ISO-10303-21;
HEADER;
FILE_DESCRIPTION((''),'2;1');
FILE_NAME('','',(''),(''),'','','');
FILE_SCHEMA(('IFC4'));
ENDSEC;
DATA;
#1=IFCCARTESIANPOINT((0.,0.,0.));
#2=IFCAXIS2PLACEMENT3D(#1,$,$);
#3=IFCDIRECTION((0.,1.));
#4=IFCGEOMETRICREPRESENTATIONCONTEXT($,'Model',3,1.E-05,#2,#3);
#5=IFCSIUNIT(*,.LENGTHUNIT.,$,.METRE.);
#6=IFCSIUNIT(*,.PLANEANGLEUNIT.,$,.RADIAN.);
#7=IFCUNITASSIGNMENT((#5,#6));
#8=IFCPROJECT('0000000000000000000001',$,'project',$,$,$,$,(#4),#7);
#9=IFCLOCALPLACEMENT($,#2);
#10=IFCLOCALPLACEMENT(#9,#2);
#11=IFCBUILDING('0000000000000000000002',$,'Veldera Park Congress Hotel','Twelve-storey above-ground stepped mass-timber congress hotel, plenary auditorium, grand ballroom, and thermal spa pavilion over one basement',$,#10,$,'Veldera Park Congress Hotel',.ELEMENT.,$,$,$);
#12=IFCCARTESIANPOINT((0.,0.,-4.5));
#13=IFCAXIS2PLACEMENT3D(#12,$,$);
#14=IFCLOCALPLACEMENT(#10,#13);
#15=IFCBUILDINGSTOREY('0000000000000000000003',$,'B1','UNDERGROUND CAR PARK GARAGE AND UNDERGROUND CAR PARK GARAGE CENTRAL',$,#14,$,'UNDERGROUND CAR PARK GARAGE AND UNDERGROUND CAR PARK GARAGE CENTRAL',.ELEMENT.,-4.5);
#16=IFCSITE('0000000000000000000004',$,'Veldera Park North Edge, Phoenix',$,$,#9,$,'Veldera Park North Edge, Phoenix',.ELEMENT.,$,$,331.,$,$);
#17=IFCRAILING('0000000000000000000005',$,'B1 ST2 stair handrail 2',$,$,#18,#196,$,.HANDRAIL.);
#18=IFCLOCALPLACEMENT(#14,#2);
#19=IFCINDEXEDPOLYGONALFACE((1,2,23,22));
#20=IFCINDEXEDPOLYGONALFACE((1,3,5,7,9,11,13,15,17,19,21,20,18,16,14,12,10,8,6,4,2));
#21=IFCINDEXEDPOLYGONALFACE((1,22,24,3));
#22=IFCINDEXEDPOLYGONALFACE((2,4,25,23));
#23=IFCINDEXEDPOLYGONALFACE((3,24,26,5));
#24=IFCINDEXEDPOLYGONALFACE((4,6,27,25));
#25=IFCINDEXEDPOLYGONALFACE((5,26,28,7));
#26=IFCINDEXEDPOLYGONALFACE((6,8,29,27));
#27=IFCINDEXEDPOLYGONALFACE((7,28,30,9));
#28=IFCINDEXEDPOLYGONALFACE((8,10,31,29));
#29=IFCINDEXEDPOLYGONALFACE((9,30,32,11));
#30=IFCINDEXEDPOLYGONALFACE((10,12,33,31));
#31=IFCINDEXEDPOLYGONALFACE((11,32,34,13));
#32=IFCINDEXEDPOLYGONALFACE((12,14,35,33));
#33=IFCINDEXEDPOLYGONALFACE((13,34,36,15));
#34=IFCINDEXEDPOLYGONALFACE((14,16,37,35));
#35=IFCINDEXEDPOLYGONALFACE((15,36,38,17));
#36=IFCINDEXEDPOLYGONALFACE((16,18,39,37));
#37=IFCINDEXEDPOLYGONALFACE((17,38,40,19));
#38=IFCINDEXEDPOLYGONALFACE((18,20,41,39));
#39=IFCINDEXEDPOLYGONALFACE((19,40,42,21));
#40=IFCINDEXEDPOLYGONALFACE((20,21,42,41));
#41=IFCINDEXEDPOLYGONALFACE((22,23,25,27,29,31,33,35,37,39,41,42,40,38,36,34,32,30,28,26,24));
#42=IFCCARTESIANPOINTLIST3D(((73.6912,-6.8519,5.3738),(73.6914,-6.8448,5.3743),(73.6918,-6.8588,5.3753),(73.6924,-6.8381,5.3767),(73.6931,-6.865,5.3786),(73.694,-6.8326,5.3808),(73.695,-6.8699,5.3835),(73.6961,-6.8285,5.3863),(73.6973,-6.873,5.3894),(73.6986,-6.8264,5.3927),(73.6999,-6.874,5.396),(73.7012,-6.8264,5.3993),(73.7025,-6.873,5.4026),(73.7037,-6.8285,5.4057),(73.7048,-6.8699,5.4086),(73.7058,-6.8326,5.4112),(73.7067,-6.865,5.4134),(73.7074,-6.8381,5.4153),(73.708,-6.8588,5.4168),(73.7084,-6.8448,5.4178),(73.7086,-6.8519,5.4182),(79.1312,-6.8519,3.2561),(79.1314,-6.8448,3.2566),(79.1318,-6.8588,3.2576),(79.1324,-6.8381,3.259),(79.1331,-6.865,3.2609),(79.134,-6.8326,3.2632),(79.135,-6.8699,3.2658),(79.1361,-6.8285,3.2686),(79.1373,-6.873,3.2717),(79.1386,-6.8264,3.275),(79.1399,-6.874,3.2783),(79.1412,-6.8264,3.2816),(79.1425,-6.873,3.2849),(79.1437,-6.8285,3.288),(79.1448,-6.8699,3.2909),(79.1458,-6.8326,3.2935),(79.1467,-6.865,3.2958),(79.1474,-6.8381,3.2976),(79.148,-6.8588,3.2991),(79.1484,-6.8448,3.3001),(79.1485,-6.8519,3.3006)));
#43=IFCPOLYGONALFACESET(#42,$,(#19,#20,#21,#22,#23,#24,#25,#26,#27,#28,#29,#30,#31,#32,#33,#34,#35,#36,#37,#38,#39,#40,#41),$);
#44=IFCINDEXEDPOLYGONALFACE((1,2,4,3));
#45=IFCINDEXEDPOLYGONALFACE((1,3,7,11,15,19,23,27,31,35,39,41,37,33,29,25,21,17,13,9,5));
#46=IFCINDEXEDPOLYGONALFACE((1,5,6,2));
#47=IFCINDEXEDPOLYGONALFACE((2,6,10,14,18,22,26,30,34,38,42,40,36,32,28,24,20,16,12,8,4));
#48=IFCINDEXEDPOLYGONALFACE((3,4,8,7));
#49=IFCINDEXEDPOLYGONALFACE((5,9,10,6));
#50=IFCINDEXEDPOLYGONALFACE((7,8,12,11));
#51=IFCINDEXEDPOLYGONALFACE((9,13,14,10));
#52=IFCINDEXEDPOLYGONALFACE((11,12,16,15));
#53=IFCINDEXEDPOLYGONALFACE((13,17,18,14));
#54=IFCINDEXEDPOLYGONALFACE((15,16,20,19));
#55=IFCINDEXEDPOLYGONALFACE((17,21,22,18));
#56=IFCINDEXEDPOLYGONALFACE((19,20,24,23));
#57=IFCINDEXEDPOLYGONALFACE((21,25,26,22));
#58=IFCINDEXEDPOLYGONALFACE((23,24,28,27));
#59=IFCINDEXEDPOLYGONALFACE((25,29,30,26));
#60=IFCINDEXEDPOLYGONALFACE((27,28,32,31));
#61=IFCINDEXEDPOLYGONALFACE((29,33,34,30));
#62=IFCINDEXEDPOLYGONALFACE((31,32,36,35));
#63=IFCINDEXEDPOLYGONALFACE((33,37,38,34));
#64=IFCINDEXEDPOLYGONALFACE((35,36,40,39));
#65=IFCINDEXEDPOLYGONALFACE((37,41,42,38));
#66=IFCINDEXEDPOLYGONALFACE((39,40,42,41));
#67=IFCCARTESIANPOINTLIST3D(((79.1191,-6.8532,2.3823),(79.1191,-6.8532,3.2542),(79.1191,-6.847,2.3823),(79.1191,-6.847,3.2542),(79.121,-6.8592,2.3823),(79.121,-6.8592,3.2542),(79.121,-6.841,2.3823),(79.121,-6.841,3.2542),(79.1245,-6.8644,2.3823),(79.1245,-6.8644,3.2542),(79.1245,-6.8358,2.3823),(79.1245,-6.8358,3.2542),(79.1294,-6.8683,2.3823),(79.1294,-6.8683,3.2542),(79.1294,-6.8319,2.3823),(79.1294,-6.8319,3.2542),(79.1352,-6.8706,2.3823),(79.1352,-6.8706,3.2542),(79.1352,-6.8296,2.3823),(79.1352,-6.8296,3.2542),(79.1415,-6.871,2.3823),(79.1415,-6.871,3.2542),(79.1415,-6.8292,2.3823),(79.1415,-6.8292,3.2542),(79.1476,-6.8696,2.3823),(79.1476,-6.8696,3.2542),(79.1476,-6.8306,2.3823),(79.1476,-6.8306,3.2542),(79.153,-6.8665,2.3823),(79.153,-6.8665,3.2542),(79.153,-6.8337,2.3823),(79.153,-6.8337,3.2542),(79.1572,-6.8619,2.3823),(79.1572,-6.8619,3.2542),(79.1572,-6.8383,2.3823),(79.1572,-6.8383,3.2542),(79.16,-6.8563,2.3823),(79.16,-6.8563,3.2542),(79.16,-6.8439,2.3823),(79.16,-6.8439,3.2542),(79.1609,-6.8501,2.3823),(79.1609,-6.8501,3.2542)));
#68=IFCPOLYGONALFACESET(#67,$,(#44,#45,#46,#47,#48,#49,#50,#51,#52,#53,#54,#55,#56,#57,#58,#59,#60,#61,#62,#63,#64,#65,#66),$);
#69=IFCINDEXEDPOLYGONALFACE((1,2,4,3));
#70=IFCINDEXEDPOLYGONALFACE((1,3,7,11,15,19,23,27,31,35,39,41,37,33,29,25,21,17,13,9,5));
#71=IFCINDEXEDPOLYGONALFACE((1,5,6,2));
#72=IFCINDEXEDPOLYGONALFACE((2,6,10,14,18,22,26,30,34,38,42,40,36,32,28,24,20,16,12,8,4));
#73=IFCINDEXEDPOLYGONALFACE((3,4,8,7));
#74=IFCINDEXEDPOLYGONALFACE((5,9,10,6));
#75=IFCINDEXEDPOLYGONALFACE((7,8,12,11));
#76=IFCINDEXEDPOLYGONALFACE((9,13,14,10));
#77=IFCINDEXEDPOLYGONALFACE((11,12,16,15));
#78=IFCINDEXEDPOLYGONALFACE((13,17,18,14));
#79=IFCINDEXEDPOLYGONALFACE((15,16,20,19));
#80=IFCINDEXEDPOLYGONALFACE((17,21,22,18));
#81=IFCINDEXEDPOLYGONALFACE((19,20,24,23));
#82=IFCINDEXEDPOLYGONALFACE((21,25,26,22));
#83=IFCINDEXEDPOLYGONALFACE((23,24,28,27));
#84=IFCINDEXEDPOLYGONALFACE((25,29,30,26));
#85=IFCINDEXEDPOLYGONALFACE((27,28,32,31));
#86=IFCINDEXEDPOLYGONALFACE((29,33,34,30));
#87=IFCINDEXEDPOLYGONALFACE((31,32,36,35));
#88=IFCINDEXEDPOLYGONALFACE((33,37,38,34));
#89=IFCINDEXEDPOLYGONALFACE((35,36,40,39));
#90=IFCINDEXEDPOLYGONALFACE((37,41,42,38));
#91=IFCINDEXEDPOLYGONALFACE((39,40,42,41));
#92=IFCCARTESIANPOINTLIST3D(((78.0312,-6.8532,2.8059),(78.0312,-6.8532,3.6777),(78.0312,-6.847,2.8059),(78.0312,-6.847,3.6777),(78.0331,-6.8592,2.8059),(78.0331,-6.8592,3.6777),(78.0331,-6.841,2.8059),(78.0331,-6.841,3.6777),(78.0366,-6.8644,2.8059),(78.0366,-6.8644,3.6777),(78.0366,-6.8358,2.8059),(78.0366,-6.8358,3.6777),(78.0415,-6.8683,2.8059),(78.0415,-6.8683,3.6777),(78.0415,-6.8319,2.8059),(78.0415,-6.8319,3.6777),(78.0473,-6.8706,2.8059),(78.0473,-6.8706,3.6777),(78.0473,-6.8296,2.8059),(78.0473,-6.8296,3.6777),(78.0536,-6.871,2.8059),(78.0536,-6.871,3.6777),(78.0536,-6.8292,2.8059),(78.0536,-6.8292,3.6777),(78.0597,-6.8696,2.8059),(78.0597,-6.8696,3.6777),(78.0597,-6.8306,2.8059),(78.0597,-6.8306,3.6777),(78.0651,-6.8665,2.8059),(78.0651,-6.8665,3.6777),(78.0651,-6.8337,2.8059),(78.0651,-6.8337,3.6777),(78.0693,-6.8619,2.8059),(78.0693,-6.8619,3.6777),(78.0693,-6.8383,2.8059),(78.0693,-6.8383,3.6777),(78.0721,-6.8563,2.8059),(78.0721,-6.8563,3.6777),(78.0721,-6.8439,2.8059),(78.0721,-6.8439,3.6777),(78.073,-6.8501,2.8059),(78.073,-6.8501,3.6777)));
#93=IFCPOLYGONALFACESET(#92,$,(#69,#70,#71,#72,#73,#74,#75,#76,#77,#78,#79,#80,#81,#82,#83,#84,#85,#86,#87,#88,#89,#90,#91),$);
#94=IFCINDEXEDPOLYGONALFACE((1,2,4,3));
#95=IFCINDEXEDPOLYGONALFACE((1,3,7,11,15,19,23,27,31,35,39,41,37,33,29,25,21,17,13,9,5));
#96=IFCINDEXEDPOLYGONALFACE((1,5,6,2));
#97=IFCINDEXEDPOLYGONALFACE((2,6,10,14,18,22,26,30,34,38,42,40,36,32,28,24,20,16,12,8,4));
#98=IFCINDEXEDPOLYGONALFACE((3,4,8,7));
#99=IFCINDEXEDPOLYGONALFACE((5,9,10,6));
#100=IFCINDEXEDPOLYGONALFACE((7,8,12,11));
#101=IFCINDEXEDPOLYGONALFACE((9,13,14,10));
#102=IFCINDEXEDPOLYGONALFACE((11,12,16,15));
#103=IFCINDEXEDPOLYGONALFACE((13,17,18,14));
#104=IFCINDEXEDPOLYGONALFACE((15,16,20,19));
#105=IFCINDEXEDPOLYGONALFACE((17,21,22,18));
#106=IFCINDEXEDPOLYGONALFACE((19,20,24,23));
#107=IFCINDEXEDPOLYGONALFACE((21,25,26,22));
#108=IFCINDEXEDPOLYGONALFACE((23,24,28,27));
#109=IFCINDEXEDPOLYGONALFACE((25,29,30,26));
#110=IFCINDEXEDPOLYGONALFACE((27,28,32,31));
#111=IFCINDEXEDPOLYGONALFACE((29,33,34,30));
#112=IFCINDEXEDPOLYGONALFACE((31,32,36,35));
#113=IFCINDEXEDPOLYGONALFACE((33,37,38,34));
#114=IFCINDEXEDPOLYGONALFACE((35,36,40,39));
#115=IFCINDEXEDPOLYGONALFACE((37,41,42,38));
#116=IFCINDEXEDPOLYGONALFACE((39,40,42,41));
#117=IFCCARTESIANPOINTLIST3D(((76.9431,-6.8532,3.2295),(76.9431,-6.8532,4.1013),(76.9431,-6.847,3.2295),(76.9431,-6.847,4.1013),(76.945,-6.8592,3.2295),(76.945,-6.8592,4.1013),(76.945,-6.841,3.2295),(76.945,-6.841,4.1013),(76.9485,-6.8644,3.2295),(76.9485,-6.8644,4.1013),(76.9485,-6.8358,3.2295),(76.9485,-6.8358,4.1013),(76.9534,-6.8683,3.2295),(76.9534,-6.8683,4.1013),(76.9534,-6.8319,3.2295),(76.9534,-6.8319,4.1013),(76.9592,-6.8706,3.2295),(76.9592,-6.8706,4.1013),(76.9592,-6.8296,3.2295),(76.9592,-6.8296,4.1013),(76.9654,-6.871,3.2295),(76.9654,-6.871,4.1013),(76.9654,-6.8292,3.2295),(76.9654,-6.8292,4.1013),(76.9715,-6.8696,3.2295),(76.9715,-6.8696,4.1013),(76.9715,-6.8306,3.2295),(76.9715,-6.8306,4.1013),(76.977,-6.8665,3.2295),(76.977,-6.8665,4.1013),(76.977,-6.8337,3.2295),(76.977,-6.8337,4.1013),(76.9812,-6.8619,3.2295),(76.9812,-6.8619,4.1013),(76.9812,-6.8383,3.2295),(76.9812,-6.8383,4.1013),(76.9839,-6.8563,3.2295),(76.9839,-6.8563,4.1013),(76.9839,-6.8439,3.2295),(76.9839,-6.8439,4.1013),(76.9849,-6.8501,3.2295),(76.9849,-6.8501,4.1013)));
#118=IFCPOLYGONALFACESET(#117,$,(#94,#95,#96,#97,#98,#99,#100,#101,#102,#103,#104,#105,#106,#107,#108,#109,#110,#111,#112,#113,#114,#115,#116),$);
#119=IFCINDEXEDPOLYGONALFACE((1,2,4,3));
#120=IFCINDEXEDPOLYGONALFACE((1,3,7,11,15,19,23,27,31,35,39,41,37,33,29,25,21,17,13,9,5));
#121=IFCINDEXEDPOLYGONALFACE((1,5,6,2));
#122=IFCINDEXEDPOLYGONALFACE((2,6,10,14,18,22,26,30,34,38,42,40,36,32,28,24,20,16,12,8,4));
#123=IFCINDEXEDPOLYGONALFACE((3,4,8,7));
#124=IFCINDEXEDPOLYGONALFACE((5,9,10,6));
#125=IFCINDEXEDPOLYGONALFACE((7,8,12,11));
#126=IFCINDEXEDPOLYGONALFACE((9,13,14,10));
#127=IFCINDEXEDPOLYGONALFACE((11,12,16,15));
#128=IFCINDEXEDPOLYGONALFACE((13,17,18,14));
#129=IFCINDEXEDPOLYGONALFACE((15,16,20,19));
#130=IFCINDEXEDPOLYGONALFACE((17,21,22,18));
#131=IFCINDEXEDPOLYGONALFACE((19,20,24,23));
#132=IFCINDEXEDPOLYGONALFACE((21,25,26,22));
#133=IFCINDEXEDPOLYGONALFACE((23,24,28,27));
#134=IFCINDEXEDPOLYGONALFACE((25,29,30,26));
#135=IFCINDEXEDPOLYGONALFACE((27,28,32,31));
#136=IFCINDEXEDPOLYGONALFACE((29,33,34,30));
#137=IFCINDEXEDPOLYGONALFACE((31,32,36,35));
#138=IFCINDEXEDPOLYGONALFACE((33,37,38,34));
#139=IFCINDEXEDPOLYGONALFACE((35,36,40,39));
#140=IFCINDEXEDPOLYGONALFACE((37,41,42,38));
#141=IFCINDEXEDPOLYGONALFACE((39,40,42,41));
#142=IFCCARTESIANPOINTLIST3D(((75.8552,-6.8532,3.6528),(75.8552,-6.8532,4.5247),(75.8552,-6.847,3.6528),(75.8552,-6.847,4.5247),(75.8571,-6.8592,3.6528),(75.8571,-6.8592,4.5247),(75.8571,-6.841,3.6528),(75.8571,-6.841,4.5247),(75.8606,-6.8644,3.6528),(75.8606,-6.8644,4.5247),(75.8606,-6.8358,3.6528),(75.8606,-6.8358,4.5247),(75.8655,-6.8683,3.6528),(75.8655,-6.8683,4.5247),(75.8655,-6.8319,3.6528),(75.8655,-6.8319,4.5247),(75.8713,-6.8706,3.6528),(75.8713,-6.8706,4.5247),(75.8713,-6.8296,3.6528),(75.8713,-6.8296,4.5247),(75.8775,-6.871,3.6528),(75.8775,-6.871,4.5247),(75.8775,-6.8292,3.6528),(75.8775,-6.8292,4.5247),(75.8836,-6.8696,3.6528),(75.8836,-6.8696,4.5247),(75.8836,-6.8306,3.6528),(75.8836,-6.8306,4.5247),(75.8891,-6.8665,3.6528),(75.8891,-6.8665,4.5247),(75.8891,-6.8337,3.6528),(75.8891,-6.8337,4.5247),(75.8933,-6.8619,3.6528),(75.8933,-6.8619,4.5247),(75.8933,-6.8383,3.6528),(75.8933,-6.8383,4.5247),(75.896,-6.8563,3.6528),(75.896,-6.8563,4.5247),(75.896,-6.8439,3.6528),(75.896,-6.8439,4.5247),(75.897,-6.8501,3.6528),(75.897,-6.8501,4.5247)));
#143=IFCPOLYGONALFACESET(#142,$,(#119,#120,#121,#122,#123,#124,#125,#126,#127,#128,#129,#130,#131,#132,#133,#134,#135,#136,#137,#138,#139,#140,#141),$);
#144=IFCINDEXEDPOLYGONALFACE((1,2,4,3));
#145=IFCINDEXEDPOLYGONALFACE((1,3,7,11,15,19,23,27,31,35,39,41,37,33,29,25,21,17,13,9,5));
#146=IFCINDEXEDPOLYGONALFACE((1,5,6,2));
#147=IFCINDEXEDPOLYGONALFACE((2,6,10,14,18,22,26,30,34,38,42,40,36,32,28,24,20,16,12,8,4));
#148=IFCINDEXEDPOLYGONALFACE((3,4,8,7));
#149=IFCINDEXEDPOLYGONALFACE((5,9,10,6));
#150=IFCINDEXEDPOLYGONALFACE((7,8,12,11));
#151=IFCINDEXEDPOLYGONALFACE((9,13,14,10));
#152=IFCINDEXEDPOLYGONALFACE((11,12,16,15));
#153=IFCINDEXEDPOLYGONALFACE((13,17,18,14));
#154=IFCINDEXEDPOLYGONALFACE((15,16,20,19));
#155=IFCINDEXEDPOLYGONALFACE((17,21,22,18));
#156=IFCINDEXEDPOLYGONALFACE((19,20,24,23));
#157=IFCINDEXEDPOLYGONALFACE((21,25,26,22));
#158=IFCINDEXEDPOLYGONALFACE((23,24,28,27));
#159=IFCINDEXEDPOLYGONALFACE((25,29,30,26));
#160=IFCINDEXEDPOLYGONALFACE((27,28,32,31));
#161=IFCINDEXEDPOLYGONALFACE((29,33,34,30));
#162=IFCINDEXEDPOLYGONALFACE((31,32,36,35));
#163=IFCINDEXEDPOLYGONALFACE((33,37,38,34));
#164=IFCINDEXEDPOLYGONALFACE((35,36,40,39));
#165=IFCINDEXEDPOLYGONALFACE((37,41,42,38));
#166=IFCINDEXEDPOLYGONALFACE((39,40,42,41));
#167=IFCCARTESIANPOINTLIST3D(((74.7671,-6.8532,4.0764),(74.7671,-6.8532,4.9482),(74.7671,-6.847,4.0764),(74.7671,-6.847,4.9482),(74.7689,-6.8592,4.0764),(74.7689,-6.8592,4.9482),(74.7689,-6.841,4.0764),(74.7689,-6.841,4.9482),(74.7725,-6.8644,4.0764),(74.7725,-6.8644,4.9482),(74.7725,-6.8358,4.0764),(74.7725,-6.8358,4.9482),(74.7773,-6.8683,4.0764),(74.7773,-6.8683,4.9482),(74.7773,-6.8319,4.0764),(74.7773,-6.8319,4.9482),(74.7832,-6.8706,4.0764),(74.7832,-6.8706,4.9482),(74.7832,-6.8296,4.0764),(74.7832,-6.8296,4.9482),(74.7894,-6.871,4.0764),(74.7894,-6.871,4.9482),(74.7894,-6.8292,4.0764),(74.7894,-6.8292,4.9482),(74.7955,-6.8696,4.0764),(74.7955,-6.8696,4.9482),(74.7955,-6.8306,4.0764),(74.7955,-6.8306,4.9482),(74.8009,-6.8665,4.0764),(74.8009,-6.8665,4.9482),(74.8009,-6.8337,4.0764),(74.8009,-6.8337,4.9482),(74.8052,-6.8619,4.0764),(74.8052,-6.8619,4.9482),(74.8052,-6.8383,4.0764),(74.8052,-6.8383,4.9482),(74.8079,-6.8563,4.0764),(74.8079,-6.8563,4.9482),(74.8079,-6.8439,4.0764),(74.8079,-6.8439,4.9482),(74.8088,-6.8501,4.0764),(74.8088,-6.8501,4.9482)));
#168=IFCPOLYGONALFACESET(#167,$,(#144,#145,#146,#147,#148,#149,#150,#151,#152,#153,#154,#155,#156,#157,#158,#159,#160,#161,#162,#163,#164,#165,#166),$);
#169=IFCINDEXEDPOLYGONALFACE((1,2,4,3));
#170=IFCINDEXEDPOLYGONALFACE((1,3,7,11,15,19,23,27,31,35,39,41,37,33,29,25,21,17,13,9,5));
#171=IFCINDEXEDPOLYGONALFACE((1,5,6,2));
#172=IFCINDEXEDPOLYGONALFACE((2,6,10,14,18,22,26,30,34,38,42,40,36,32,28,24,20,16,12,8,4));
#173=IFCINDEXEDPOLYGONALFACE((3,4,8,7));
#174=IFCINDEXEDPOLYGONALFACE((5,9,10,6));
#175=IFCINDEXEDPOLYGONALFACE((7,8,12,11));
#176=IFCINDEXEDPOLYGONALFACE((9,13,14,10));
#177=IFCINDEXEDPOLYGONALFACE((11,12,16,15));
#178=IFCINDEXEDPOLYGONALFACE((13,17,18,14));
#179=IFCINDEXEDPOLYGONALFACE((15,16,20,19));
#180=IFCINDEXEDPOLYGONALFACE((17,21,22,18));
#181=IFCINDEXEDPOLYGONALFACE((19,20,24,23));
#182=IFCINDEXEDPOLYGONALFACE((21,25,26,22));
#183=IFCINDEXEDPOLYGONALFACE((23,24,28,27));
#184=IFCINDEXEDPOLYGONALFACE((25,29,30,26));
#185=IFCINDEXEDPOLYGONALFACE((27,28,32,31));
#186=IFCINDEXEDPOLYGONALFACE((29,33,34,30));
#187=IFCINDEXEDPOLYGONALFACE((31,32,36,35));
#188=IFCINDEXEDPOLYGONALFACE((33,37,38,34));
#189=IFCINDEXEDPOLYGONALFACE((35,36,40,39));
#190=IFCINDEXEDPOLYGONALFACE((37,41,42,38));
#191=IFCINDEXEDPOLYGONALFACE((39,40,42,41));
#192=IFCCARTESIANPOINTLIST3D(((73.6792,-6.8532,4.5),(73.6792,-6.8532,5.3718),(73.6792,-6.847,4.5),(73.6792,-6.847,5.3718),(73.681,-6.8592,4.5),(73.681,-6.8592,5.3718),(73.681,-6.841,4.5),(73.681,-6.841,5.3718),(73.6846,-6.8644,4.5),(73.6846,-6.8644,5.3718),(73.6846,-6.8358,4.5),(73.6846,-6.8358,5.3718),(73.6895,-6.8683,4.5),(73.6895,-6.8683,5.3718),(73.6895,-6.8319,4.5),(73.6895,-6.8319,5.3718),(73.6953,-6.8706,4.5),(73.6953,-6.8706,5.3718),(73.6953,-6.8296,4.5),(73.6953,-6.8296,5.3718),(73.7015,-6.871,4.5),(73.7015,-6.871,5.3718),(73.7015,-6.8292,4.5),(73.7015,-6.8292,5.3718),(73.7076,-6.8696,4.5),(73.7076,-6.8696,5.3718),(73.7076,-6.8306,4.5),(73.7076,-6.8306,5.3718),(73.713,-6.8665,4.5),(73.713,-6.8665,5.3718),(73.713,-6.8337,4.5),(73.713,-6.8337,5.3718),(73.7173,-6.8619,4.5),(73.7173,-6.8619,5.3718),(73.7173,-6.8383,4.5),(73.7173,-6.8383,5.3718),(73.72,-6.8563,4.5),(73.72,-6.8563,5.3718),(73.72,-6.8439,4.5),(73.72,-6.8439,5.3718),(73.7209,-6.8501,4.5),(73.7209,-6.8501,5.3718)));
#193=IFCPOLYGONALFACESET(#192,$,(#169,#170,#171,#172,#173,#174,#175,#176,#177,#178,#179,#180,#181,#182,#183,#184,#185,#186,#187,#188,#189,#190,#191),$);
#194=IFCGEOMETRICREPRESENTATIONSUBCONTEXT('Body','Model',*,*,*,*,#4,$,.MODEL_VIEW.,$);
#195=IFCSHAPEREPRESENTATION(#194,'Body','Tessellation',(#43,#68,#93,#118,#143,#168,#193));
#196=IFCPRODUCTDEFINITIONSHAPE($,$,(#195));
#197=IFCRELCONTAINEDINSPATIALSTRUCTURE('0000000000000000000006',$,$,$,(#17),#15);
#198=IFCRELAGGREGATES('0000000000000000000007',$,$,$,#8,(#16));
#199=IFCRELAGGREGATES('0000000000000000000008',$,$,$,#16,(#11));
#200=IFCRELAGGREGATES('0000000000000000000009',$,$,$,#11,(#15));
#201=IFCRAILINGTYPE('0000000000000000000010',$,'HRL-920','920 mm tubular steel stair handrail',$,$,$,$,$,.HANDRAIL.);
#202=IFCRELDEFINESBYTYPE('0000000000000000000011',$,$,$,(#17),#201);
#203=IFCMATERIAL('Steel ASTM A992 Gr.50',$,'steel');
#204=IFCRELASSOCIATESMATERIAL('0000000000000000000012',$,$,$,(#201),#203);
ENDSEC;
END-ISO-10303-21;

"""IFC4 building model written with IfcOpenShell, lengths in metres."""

from ifc_helpers import new_model, si_unit, direction, frame, origin, origin_2d, place, context, subcontext, project, spatial, circle, extrude, material, type_object, element, save


model = new_model("IFC4")

# Units and contexts
model_context = context("Model", 3, precision=1e-05, world=origin(), true_north=direction((0.0, 1.0)))
body_context = subcontext(model_context, "Body", "Model", "MODEL_VIEW")
ifc_project = project(units=[si_unit("LENGTHUNIT", "METRE"), si_unit("PLANEANGLEUNIT", "RADIAN")], contexts=[model_context])

# Site, building, storey
site_placement = place(None, origin())
site = spatial("IfcSite", under=ifc_project, at=site_placement, Name="Veldera Park North Edge, Phoenix", LongName="Veldera Park North Edge, Phoenix", CompositionType="ELEMENT", RefElevation=331.0)
building_placement = place(site_placement, origin())
building = spatial("IfcBuilding", under=site, at=building_placement, Name="Veldera Park Congress Hotel", Description="Twelve-storey above-ground stepped mass-timber congress hotel, plenary auditorium, grand ballroom, and thermal spa pavilion over one basement", LongName="Veldera Park Congress Hotel", CompositionType="ELEMENT")
storey_placement = place(building_placement, frame((0.0, 0.0, -4.5)))
storey = spatial("IfcBuildingStorey", under=building, at=storey_placement, Name="B1", Description="UNDERGROUND CAR PARK GARAGE AND UNDERGROUND CAR PARK GARAGE CENTRAL", LongName="UNDERGROUND CAR PARK GARAGE AND UNDERGROUND CAR PARK GARAGE CENTRAL", CompositionType="ELEMENT", Elevation=-4.5)

# Railing
ifc_material_1 = material(Name="Steel ASTM A992 Gr.50", Category="steel")
railing_type_1 = type_object("IfcRailingType", Name="HRL-920", Description="920 mm tubular steel stair handrail", PredefinedType="HANDRAIL", material=ifc_material_1)
railing_1_placement = place(storey_placement, frame((79.1399, -6.8501, 2.3823)))
element("IfcRailing", 1, at=railing_1_placement, inside=storey, type_object=railing_type_1, Name="B1 ST2 stair handrail 2", PredefinedType="HANDRAIL", context=body_context, shape_type="SweptSolid", body=[
    extrude(circle(Radius=0.0239, at=origin_2d()), frame((0.0, 0.0, 0.896), z_axis=(-0.931881, 0.0, 0.362765), x_axis=(0.0, -1.0, 0.0)), (0.0, 0.0, 1.0), 5.8376),
    extrude(circle(Radius=0.021, at=origin_2d()), origin(), (0.0, 0.0, 1.0), 0.8718),
    extrude(circle(Radius=0.021, at=origin_2d()), frame((-1.0879, 0.0, 0.4236)), (0.0, 0.0, 1.0), 0.8718),
    extrude(circle(Radius=0.021, at=origin_2d()), frame((-2.176, 0.0, 0.8472)), (0.0, 0.0, 1.0), 0.8718),
    extrude(circle(Radius=0.021, at=origin_2d()), frame((-3.2639, 0.0, 1.2705)), (0.0, 0.0, 1.0), 0.8718),
    extrude(circle(Radius=0.021, at=origin_2d()), frame((-4.3521, 0.0, 1.6941)), (0.0, 0.0, 1.0), 0.8718),
    extrude(circle(Radius=0.021, at=origin_2d()), frame((-5.4399, 0.0, 2.1177)), (0.0, 0.0, 1.0), 0.8718),
])

save(model, "model.ifc")
